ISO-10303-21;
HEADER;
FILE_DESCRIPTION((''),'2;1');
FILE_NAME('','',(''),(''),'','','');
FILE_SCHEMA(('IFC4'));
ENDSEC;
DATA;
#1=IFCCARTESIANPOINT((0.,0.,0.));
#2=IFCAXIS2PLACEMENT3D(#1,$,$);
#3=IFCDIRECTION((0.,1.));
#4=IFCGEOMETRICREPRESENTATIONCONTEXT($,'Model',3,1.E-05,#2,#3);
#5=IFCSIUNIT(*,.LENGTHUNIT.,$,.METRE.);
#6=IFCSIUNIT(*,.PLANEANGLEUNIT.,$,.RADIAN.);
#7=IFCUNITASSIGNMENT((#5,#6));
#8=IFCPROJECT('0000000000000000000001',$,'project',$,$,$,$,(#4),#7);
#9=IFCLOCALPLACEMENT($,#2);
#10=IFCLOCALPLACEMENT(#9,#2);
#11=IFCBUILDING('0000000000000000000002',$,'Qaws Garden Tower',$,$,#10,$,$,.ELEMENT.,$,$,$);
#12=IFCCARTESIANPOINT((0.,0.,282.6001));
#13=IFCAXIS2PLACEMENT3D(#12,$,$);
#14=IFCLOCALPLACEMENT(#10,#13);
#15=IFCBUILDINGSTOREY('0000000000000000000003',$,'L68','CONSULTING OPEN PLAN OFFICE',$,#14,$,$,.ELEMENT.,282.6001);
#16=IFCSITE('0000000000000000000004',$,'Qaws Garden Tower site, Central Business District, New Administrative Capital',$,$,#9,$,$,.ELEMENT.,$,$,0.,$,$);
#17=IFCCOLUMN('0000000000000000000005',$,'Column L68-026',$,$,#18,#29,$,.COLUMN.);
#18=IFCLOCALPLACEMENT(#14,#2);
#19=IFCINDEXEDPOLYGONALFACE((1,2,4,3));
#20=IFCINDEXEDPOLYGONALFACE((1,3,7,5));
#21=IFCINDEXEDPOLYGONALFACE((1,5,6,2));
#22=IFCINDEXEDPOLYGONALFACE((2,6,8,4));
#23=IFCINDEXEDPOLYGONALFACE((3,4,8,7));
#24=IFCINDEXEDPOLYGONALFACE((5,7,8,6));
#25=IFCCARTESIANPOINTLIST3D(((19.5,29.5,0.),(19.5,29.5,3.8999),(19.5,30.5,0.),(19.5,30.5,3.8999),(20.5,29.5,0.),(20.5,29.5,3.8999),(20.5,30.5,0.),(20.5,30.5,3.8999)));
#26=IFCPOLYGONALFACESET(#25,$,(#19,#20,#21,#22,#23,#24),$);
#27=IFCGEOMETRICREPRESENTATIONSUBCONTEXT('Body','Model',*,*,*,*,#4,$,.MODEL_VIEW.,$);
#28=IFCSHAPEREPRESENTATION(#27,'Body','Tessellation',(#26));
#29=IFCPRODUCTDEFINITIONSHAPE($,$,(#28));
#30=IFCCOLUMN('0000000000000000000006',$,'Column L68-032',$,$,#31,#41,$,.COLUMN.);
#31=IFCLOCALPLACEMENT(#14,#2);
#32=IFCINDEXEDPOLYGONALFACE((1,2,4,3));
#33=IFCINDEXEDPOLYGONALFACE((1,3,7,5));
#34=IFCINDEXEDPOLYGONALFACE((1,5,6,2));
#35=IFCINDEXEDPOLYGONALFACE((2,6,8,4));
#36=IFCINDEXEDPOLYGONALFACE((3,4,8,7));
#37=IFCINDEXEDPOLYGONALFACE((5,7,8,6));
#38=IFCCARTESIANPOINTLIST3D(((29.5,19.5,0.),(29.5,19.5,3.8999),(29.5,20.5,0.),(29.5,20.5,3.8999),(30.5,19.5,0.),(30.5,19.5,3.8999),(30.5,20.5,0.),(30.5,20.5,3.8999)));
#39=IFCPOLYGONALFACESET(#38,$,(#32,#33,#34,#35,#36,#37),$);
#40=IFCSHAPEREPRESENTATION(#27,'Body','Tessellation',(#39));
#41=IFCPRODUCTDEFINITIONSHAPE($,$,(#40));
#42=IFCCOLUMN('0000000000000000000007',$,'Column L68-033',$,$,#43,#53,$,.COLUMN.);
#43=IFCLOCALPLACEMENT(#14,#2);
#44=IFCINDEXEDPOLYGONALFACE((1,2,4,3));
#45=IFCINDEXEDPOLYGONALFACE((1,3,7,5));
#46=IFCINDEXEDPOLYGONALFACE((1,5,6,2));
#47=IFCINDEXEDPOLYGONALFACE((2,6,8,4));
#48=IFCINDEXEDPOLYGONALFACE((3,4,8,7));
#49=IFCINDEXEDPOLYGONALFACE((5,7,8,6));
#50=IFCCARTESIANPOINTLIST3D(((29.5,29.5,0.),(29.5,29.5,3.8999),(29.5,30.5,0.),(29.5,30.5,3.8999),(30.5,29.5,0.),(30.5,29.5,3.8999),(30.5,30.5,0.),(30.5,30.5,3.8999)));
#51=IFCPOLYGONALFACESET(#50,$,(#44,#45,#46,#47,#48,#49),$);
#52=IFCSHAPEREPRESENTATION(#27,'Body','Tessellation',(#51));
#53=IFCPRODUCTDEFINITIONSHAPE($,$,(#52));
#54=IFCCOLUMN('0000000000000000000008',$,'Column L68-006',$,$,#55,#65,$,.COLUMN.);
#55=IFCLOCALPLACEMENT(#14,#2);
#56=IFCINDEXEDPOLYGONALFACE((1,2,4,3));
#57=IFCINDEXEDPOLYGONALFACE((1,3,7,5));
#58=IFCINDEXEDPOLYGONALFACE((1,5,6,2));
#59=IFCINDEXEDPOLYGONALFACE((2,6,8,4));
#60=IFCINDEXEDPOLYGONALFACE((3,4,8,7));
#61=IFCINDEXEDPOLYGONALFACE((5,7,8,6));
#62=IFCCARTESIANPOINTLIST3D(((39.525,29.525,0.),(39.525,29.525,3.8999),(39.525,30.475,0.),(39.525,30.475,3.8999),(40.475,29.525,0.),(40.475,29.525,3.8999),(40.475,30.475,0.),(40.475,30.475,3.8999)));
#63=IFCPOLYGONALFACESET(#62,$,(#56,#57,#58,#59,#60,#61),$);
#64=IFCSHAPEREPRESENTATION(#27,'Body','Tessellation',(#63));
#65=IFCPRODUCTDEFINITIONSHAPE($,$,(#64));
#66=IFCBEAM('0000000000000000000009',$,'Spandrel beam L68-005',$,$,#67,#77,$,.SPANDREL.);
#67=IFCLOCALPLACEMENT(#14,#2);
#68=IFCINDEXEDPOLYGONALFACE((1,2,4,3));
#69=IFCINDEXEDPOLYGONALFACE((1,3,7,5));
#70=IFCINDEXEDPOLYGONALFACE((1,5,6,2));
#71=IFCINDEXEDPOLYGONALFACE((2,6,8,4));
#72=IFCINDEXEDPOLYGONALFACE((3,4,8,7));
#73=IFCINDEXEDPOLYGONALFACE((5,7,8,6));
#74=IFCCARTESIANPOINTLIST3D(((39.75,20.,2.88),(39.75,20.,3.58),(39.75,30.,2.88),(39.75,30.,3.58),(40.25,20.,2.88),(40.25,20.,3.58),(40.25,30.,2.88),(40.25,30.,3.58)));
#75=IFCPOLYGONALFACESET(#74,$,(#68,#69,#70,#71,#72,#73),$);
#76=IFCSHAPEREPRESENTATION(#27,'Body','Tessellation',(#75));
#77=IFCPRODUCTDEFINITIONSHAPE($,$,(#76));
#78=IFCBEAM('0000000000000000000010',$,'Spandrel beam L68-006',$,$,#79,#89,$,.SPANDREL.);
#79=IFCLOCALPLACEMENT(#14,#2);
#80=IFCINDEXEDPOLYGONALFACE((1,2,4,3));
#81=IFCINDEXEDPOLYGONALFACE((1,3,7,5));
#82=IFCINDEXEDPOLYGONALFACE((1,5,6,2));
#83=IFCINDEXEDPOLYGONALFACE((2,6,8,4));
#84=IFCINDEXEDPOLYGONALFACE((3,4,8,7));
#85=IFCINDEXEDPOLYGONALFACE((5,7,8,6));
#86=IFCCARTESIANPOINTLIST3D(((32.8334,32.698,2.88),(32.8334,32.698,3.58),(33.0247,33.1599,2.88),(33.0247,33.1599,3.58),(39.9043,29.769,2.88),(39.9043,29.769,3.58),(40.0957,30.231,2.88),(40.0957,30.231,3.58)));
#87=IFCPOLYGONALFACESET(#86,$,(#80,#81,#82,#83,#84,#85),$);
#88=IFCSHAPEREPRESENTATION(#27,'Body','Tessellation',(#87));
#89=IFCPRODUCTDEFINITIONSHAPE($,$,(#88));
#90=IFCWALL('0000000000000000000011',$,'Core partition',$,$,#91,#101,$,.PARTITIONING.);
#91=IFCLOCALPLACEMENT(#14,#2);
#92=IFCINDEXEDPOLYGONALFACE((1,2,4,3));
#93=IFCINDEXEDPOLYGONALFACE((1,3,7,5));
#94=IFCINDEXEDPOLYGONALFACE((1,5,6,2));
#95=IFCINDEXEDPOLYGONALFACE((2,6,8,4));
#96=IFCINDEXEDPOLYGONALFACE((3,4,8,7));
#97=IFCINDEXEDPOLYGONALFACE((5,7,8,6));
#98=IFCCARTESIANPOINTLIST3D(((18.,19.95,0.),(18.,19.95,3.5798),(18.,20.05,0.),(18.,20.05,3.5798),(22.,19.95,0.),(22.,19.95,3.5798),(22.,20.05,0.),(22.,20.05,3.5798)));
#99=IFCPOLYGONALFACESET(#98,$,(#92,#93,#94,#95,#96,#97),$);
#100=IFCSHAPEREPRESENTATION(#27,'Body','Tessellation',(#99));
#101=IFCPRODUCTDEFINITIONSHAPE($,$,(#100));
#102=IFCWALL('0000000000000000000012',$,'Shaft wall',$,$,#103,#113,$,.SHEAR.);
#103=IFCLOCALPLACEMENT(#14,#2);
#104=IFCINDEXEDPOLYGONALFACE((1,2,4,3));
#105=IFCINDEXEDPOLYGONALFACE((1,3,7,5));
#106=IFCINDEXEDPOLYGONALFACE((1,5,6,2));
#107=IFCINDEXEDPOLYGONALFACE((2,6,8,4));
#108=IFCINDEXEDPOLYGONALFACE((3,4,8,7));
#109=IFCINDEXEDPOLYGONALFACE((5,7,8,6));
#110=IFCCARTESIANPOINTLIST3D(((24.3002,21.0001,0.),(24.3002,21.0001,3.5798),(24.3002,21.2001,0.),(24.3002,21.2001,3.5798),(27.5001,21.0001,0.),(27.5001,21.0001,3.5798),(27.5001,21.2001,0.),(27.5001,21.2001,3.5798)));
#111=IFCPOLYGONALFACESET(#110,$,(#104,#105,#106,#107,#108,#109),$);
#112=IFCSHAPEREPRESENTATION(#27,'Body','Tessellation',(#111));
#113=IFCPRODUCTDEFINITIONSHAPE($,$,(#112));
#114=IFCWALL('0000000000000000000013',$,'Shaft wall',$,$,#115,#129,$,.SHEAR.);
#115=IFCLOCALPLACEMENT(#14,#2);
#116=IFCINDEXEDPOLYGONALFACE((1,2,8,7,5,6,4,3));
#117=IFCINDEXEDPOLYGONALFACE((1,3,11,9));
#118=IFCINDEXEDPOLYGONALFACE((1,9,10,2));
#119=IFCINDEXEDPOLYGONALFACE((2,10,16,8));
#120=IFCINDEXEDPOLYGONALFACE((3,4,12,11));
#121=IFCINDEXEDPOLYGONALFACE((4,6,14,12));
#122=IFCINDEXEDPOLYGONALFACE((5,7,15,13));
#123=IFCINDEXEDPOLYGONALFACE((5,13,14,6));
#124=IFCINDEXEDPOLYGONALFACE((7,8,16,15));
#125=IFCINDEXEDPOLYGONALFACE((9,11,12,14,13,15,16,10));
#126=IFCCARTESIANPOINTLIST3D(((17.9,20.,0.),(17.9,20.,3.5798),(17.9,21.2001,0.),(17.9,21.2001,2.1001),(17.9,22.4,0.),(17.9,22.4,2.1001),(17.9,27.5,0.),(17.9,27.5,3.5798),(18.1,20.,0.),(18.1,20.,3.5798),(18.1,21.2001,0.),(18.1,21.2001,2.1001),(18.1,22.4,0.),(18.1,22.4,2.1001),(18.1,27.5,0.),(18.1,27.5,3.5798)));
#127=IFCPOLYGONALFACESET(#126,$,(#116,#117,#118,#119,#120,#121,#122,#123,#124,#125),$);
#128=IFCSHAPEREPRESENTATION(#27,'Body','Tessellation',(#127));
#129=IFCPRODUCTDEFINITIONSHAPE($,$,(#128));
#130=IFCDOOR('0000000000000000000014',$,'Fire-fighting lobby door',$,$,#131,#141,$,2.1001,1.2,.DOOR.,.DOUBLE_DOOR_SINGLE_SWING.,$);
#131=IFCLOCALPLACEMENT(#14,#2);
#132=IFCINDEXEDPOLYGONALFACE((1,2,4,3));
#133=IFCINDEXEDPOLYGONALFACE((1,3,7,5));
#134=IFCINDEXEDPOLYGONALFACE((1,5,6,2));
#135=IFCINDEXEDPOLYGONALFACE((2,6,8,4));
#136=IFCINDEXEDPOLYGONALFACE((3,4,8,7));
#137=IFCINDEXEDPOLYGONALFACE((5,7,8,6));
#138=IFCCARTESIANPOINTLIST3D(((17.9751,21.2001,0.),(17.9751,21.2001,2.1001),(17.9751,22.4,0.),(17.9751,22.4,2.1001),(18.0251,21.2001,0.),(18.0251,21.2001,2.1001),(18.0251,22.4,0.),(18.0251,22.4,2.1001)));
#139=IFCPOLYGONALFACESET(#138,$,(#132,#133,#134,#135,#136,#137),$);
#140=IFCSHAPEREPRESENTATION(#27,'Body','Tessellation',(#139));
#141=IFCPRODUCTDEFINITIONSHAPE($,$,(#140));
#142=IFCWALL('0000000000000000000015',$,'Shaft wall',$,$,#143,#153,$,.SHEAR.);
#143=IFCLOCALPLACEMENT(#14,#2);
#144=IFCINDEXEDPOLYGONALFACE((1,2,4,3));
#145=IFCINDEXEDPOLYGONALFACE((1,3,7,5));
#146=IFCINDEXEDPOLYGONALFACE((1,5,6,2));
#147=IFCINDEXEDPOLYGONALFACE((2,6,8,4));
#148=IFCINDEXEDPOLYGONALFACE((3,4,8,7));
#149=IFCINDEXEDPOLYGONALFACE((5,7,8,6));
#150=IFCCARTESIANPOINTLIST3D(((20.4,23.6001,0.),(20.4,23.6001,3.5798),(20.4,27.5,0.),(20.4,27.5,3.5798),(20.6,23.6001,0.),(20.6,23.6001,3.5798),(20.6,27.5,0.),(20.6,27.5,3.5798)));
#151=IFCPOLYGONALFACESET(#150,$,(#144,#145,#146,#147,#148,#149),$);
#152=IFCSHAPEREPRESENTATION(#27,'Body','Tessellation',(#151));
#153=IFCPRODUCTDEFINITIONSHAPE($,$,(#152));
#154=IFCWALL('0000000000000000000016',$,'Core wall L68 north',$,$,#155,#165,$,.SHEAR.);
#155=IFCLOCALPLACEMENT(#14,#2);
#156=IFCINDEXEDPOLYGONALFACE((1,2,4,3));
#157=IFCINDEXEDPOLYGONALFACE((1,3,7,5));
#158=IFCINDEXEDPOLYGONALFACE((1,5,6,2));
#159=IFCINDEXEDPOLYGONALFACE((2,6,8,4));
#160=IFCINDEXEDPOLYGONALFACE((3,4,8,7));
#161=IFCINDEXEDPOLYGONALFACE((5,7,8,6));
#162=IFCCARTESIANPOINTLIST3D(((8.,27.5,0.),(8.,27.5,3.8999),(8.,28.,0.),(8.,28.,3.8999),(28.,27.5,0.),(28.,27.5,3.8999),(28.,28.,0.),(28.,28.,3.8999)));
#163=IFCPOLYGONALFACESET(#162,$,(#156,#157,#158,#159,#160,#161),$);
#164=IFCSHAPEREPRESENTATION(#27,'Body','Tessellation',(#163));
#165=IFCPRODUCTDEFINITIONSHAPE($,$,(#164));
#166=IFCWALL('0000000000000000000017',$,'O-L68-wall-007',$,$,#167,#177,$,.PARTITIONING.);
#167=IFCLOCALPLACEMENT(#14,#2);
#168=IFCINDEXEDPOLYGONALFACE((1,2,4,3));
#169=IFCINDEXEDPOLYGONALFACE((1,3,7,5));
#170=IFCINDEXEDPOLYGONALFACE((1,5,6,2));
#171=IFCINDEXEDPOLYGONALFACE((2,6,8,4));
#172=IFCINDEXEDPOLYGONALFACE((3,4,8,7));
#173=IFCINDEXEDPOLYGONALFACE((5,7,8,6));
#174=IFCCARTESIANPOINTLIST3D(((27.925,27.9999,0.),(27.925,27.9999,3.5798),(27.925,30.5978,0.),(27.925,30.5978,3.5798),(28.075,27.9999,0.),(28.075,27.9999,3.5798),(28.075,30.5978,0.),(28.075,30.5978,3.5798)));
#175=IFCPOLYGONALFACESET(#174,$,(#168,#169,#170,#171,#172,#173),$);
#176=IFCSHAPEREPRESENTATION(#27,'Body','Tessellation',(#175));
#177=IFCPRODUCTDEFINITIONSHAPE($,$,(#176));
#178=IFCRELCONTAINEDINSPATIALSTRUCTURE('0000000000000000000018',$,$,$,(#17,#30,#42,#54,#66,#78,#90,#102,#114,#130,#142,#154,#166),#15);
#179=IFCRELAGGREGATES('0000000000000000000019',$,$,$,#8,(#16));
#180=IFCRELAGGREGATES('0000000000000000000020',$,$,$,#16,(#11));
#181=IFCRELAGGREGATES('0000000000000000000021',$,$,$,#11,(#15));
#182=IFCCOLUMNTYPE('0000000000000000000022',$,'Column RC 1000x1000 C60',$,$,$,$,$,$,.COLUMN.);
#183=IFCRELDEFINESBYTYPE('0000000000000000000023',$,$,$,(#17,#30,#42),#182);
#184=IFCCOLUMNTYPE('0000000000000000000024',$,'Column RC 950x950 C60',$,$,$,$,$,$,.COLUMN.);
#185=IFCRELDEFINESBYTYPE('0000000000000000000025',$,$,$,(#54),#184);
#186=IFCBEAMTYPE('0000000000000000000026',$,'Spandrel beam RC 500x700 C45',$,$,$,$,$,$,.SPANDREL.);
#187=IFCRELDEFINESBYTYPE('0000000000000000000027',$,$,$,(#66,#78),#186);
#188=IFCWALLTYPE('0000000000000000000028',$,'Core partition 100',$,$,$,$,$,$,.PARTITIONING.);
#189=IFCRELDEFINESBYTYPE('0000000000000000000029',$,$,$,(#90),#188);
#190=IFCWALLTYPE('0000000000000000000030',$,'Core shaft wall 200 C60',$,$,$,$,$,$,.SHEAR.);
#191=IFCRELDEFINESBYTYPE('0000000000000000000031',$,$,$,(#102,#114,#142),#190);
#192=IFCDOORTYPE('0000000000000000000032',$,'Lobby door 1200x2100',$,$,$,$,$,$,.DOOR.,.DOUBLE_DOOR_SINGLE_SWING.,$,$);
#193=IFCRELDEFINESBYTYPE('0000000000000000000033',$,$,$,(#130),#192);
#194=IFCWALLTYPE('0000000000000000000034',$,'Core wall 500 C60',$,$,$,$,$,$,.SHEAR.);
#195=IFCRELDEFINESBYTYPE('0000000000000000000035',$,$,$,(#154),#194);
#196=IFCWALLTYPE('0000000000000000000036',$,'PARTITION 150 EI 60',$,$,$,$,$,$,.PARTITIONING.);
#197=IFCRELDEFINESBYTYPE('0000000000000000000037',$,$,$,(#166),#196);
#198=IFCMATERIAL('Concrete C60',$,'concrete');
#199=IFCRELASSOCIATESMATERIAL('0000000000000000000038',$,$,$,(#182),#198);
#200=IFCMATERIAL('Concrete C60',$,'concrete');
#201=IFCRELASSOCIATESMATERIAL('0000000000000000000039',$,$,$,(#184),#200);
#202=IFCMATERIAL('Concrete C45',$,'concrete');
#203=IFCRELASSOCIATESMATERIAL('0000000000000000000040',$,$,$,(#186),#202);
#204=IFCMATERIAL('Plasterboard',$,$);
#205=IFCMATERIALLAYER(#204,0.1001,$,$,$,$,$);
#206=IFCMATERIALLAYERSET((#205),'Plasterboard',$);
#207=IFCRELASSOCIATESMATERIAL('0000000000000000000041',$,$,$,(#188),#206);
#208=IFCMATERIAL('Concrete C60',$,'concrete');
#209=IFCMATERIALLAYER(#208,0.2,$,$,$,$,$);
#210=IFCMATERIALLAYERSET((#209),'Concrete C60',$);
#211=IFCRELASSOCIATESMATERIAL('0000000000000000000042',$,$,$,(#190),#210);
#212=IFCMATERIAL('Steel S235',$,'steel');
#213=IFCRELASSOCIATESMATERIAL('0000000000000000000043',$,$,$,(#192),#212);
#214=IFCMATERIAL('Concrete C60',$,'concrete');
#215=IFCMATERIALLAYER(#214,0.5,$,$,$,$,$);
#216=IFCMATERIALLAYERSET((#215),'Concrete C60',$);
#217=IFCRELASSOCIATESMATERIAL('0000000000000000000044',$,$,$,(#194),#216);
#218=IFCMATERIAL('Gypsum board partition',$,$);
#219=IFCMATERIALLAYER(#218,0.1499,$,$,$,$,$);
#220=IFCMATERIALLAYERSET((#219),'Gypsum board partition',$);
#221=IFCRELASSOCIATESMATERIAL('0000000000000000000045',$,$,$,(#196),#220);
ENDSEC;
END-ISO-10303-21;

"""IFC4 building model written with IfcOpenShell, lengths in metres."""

from ifc_helpers import new_model, si_unit, direction, frame, frame_2d, origin, origin_2d, place, context, subcontext, project, spatial, rectangle, extrude, material, layer, layer_set, material_profile, profile_set, type_object, element, fill, save


model = new_model("IFC4")

# Units and contexts
model_context = context("Model", 3, precision=1e-05, world=origin(), true_north=direction((0.0, 1.0)))
body_context = subcontext(model_context, "Body", "Model", "MODEL_VIEW")
ifc_project = project(units=[si_unit("LENGTHUNIT", "METRE"), si_unit("PLANEANGLEUNIT", "RADIAN")], contexts=[model_context])

# Site, building, storey
site_placement = place(None, origin())
site = spatial("IfcSite", under=ifc_project, at=site_placement, Name="Qaws Garden Tower site, Central Business District, New Administrative Capital", CompositionType="ELEMENT", RefElevation=0.0)
building_placement = place(site_placement, origin())
building = spatial("IfcBuilding", under=site, at=building_placement, Name="Qaws Garden Tower", CompositionType="ELEMENT")
storey_placement = place(building_placement, frame((0.0, 0.0, 282.6001)))
storey = spatial("IfcBuildingStorey", under=building, at=storey_placement, Name="L68", Description="CONSULTING OPEN PLAN OFFICE", CompositionType="ELEMENT", Elevation=282.6001)

# Columns
ifc_material_1 = material(Name="Concrete C60", Category="concrete")
ifc_material_profile_1 = material_profile(ifc_material_1, rectangle(XDim=1.0, YDim=1.0, at=origin_2d()), Name="RC 1000x1000")
ifc_profile_set_1 = profile_set([ifc_material_profile_1], Name="Concrete C60")
column_type_1 = type_object("IfcColumnType", Name="Column RC 1000x1000 C60", PredefinedType="COLUMN", material=ifc_profile_set_1)
for number, where, z_axis, x_axis, name in (
    (1, (20.0, 30.0, 0.0), (0.0, 0.0, 1.0), (1.0, 0.0, 0.0), "Column L68-026"),
    (2, (30.0, 20.0, 0.0), (0.0, 0.0, 1.0), (1.0, 0.0, 0.0), "Column L68-032"),
    (3, (30.0, 30.0, 0.0), (0.0, 0.0, 1.0), (1.0, 0.0, 0.0), "Column L68-033"),
):
    element("IfcColumn", number, at=place(storey_placement, frame(where, z_axis=z_axis, x_axis=x_axis)), inside=storey, type_object=column_type_1, Name=name, PredefinedType="COLUMN", context=body_context, shape_type="SweptSolid", body=[
        extrude(rectangle(XDim=1.0, YDim=1.0, at=origin_2d()), origin(), (0.0, 0.0, 1.0), 3.8999),
    ])
ifc_material_2 = material(Name="Concrete C60", Category="concrete")
ifc_material_profile_2 = material_profile(ifc_material_2, rectangle(XDim=0.95, YDim=0.95, at=origin_2d()), Name="RC 950x950")
ifc_profile_set_2 = profile_set([ifc_material_profile_2], Name="Concrete C60")
column_type_2 = type_object("IfcColumnType", Name="Column RC 950x950 C60", PredefinedType="COLUMN", material=ifc_profile_set_2)
column_placement = place(storey_placement, frame((40.0, 30.0, 0.0), z_axis=(0.0, 0.0, 1.0), x_axis=(1.0, 0.0, 0.0)))
element("IfcColumn", 4, at=column_placement, inside=storey, type_object=column_type_2, Name="Column L68-006", PredefinedType="COLUMN", context=body_context, shape_type="SweptSolid", body=[
    extrude(rectangle(XDim=0.95, YDim=0.95, at=origin_2d()), origin(), (0.0, 0.0, 1.0), 3.8999),
])

# Beams
ifc_material_3 = material(Name="Concrete C45", Category="concrete")
ifc_material_profile_3 = material_profile(ifc_material_3, rectangle(XDim=0.5, YDim=0.7, at=origin_2d()), Name="RC 500x700")
ifc_profile_set_3 = profile_set([ifc_material_profile_3], Name="Concrete C45")
beam_type = type_object("IfcBeamType", Name="Spandrel beam RC 500x700 C45", PredefinedType="SPANDREL", material=ifc_profile_set_3)
beam_1_placement = place(storey_placement, frame((40.0, 20.0, 3.23), z_axis=(0.0, 1.0, 0.0), x_axis=(-1.0, 0.0, 0.0)))
element("IfcBeam", 5, at=beam_1_placement, inside=storey, type_object=beam_type, Name="Spandrel beam L68-005", PredefinedType="SPANDREL", context=body_context, shape_type="SweptSolid", body=[
    extrude(rectangle(XDim=0.5, YDim=0.7, at=origin_2d()), origin(), (0.0, 0.0, 1.0), 10.0),
])
beam_2_placement = place(storey_placement, frame((40.0, 30.0, 3.23), z_axis=(-0.923878, 0.382687, 0.0), x_axis=(-0.382687, -0.923878, 0.0)))
element("IfcBeam", 6, at=beam_2_placement, inside=storey, type_object=beam_type, Name="Spandrel beam L68-006", PredefinedType="SPANDREL", context=body_context, shape_type="SweptSolid", body=[
    extrude(rectangle(XDim=0.5, YDim=0.7, at=origin_2d()), origin(), (0.0, 0.0, 1.0), 7.6536),
])

# Walls
ifc_material_4 = material(Name="Plasterboard")
ifc_layer_1 = layer(ifc_material_4, 0.1001)
ifc_layer_set_1 = layer_set([ifc_layer_1], Name="Plasterboard")
wall_type_1 = type_object("IfcWallType", Name="Core partition 100", PredefinedType="PARTITIONING", material=ifc_layer_set_1)
wall_1_placement = place(storey_placement, frame((18.0, 20.0, 0.0), z_axis=(0.0, 0.0, 1.0), x_axis=(1.0, 0.0, 0.0)))
element("IfcWall", 7, at=wall_1_placement, inside=storey, type_object=wall_type_1, Name="Core partition", PredefinedType="PARTITIONING", context=body_context, shape_type="SweptSolid", body=[
    extrude(rectangle(XDim=4.0, YDim=0.1001, at=frame_2d((2.0, 0.0))), origin(), (0.0, 0.0, 1.0), 3.5798),
])
ifc_material_5 = material(Name="Concrete C60", Category="concrete")
ifc_layer_2 = layer(ifc_material_5, 0.2)
ifc_layer_set_2 = layer_set([ifc_layer_2], Name="Concrete C60")
wall_type_2 = type_object("IfcWallType", Name="Core shaft wall 200 C60", PredefinedType="SHEAR", material=ifc_layer_set_2)
wall_2_placement = place(storey_placement, frame((24.3, 21.1001, 0.0), z_axis=(0.0, 0.0, 1.0), x_axis=(1.0, 0.0, 0.0)))
element("IfcWall", 8, at=wall_2_placement, inside=storey, type_object=wall_type_2, Name="Shaft wall", PredefinedType="SHEAR", context=body_context, shape_type="SweptSolid", body=[
    extrude(rectangle(XDim=3.2, YDim=0.2, at=frame_2d((1.6001, 0.0))), origin(), (0.0, 0.0, 1.0), 3.5798),
])

# Wall, opening, door
wall_3_placement = place(storey_placement, frame((18.0, 20.0, 0.0), z_axis=(0.0, 0.0, 1.0), x_axis=(0.0, 1.0, 0.0)))
wall_3 = element("IfcWall", 9, at=wall_3_placement, inside=storey, type_object=wall_type_2, Name="Shaft wall", PredefinedType="SHEAR", context=body_context, shape_type="SweptSolid", body=[
    extrude(rectangle(XDim=7.5, YDim=0.2, at=frame_2d((3.75, 0.0))), origin(), (0.0, 0.0, 1.0), 3.5798),
])
opening_placement = place(wall_3_placement, frame((1.2, 0.0, 0.0)))
opening = element("IfcOpeningElement", 10, at=opening_placement, cuts=wall_3, PredefinedType="OPENING", context=body_context, shape_type="SweptSolid", body=[
    extrude(rectangle(XDim=1.2, YDim=2.1001, at=frame_2d((0.6001, 1.05))), frame((0.0, 0.1099, 0.0), z_axis=(0.0, -1.0, 0.0), x_axis=(1.0, 0.0, 0.0)), (0.0, 0.0, 1.0), 0.22),
])
ifc_material_6 = material(Name="Steel S235", Category="steel")
door_type = type_object("IfcDoorType", Name="Lobby door 1200x2100", OperationType="DOUBLE_DOOR_SINGLE_SWING", PredefinedType="DOOR", material=ifc_material_6)
door_placement = place(opening_placement, origin())
door = element("IfcDoor", 11, at=door_placement, inside=storey, type_object=door_type, Name="Fire-fighting lobby door", OperationType="DOUBLE_DOOR_SINGLE_SWING", OverallHeight=2.1001, OverallWidth=1.2, PredefinedType="DOOR", context=body_context, shape_type="SweptSolid", body=[
    extrude(rectangle(XDim=1.2, YDim=2.1001, at=frame_2d((0.6001, 1.05))), frame((0.0, 0.0249, 0.0), z_axis=(0.0, -1.0, 0.0), x_axis=(1.0, 0.0, 0.0)), (0.0, 0.0, 1.0), 0.05),
])
fill(opening, door)

# Walls
wall_4_placement = place(storey_placement, frame((20.5, 23.6001, 0.0), z_axis=(0.0, 0.0, 1.0), x_axis=(0.0, 1.0, 0.0)))
element("IfcWall", 12, at=wall_4_placement, inside=storey, type_object=wall_type_2, Name="Shaft wall", PredefinedType="SHEAR", context=body_context, shape_type="SweptSolid", body=[
    extrude(rectangle(XDim=3.8999, YDim=0.2, at=frame_2d((1.95, 0.0))), origin(), (0.0, 0.0, 1.0), 3.5798),
])
ifc_material_7 = material(Name="Concrete C60", Category="concrete")
ifc_layer_3 = layer(ifc_material_7, 0.5)
ifc_layer_set_3 = layer_set([ifc_layer_3], Name="Concrete C60")
wall_type_3 = type_object("IfcWallType", Name="Core wall 500 C60", PredefinedType="SHEAR", material=ifc_layer_set_3)
wall_5_placement = place(storey_placement, frame((28.0, 27.75, 0.0), z_axis=(0.0, 0.0, 1.0), x_axis=(-1.0, 0.0, 0.0)))
element("IfcWall", 13, at=wall_5_placement, inside=storey, type_object=wall_type_3, Name="Core wall L68 north", PredefinedType="SHEAR", context=body_context, shape_type="SweptSolid", body=[
    extrude(rectangle(XDim=20.0, YDim=0.5, at=frame_2d((10.0, 0.0))), origin(), (0.0, 0.0, 1.0), 3.8999),
])
ifc_material_8 = material(Name="Gypsum board partition")
ifc_layer_4 = layer(ifc_material_8, 0.1499)
ifc_layer_set_4 = layer_set([ifc_layer_4], Name="Gypsum board partition")
wall_type_4 = type_object("IfcWallType", Name="PARTITION 150 EI 60", PredefinedType="PARTITIONING", material=ifc_layer_set_4)
wall_6_placement = place(storey_placement, frame((28.0, 28.0, 0.0), z_axis=(0.0, 0.0, 1.0), x_axis=(0.0, 1.0, 0.0)))
element("IfcWall", 14, at=wall_6_placement, inside=storey, type_object=wall_type_4, Name="O-L68-wall-007", PredefinedType="PARTITIONING", context=body_context, shape_type="SweptSolid", body=[
    extrude(rectangle(XDim=2.5979, YDim=0.1499, at=frame_2d((1.2988, 0.0))), origin(), (0.0, 0.0, 1.0), 3.5798),
])

save(model, "model.ifc")
